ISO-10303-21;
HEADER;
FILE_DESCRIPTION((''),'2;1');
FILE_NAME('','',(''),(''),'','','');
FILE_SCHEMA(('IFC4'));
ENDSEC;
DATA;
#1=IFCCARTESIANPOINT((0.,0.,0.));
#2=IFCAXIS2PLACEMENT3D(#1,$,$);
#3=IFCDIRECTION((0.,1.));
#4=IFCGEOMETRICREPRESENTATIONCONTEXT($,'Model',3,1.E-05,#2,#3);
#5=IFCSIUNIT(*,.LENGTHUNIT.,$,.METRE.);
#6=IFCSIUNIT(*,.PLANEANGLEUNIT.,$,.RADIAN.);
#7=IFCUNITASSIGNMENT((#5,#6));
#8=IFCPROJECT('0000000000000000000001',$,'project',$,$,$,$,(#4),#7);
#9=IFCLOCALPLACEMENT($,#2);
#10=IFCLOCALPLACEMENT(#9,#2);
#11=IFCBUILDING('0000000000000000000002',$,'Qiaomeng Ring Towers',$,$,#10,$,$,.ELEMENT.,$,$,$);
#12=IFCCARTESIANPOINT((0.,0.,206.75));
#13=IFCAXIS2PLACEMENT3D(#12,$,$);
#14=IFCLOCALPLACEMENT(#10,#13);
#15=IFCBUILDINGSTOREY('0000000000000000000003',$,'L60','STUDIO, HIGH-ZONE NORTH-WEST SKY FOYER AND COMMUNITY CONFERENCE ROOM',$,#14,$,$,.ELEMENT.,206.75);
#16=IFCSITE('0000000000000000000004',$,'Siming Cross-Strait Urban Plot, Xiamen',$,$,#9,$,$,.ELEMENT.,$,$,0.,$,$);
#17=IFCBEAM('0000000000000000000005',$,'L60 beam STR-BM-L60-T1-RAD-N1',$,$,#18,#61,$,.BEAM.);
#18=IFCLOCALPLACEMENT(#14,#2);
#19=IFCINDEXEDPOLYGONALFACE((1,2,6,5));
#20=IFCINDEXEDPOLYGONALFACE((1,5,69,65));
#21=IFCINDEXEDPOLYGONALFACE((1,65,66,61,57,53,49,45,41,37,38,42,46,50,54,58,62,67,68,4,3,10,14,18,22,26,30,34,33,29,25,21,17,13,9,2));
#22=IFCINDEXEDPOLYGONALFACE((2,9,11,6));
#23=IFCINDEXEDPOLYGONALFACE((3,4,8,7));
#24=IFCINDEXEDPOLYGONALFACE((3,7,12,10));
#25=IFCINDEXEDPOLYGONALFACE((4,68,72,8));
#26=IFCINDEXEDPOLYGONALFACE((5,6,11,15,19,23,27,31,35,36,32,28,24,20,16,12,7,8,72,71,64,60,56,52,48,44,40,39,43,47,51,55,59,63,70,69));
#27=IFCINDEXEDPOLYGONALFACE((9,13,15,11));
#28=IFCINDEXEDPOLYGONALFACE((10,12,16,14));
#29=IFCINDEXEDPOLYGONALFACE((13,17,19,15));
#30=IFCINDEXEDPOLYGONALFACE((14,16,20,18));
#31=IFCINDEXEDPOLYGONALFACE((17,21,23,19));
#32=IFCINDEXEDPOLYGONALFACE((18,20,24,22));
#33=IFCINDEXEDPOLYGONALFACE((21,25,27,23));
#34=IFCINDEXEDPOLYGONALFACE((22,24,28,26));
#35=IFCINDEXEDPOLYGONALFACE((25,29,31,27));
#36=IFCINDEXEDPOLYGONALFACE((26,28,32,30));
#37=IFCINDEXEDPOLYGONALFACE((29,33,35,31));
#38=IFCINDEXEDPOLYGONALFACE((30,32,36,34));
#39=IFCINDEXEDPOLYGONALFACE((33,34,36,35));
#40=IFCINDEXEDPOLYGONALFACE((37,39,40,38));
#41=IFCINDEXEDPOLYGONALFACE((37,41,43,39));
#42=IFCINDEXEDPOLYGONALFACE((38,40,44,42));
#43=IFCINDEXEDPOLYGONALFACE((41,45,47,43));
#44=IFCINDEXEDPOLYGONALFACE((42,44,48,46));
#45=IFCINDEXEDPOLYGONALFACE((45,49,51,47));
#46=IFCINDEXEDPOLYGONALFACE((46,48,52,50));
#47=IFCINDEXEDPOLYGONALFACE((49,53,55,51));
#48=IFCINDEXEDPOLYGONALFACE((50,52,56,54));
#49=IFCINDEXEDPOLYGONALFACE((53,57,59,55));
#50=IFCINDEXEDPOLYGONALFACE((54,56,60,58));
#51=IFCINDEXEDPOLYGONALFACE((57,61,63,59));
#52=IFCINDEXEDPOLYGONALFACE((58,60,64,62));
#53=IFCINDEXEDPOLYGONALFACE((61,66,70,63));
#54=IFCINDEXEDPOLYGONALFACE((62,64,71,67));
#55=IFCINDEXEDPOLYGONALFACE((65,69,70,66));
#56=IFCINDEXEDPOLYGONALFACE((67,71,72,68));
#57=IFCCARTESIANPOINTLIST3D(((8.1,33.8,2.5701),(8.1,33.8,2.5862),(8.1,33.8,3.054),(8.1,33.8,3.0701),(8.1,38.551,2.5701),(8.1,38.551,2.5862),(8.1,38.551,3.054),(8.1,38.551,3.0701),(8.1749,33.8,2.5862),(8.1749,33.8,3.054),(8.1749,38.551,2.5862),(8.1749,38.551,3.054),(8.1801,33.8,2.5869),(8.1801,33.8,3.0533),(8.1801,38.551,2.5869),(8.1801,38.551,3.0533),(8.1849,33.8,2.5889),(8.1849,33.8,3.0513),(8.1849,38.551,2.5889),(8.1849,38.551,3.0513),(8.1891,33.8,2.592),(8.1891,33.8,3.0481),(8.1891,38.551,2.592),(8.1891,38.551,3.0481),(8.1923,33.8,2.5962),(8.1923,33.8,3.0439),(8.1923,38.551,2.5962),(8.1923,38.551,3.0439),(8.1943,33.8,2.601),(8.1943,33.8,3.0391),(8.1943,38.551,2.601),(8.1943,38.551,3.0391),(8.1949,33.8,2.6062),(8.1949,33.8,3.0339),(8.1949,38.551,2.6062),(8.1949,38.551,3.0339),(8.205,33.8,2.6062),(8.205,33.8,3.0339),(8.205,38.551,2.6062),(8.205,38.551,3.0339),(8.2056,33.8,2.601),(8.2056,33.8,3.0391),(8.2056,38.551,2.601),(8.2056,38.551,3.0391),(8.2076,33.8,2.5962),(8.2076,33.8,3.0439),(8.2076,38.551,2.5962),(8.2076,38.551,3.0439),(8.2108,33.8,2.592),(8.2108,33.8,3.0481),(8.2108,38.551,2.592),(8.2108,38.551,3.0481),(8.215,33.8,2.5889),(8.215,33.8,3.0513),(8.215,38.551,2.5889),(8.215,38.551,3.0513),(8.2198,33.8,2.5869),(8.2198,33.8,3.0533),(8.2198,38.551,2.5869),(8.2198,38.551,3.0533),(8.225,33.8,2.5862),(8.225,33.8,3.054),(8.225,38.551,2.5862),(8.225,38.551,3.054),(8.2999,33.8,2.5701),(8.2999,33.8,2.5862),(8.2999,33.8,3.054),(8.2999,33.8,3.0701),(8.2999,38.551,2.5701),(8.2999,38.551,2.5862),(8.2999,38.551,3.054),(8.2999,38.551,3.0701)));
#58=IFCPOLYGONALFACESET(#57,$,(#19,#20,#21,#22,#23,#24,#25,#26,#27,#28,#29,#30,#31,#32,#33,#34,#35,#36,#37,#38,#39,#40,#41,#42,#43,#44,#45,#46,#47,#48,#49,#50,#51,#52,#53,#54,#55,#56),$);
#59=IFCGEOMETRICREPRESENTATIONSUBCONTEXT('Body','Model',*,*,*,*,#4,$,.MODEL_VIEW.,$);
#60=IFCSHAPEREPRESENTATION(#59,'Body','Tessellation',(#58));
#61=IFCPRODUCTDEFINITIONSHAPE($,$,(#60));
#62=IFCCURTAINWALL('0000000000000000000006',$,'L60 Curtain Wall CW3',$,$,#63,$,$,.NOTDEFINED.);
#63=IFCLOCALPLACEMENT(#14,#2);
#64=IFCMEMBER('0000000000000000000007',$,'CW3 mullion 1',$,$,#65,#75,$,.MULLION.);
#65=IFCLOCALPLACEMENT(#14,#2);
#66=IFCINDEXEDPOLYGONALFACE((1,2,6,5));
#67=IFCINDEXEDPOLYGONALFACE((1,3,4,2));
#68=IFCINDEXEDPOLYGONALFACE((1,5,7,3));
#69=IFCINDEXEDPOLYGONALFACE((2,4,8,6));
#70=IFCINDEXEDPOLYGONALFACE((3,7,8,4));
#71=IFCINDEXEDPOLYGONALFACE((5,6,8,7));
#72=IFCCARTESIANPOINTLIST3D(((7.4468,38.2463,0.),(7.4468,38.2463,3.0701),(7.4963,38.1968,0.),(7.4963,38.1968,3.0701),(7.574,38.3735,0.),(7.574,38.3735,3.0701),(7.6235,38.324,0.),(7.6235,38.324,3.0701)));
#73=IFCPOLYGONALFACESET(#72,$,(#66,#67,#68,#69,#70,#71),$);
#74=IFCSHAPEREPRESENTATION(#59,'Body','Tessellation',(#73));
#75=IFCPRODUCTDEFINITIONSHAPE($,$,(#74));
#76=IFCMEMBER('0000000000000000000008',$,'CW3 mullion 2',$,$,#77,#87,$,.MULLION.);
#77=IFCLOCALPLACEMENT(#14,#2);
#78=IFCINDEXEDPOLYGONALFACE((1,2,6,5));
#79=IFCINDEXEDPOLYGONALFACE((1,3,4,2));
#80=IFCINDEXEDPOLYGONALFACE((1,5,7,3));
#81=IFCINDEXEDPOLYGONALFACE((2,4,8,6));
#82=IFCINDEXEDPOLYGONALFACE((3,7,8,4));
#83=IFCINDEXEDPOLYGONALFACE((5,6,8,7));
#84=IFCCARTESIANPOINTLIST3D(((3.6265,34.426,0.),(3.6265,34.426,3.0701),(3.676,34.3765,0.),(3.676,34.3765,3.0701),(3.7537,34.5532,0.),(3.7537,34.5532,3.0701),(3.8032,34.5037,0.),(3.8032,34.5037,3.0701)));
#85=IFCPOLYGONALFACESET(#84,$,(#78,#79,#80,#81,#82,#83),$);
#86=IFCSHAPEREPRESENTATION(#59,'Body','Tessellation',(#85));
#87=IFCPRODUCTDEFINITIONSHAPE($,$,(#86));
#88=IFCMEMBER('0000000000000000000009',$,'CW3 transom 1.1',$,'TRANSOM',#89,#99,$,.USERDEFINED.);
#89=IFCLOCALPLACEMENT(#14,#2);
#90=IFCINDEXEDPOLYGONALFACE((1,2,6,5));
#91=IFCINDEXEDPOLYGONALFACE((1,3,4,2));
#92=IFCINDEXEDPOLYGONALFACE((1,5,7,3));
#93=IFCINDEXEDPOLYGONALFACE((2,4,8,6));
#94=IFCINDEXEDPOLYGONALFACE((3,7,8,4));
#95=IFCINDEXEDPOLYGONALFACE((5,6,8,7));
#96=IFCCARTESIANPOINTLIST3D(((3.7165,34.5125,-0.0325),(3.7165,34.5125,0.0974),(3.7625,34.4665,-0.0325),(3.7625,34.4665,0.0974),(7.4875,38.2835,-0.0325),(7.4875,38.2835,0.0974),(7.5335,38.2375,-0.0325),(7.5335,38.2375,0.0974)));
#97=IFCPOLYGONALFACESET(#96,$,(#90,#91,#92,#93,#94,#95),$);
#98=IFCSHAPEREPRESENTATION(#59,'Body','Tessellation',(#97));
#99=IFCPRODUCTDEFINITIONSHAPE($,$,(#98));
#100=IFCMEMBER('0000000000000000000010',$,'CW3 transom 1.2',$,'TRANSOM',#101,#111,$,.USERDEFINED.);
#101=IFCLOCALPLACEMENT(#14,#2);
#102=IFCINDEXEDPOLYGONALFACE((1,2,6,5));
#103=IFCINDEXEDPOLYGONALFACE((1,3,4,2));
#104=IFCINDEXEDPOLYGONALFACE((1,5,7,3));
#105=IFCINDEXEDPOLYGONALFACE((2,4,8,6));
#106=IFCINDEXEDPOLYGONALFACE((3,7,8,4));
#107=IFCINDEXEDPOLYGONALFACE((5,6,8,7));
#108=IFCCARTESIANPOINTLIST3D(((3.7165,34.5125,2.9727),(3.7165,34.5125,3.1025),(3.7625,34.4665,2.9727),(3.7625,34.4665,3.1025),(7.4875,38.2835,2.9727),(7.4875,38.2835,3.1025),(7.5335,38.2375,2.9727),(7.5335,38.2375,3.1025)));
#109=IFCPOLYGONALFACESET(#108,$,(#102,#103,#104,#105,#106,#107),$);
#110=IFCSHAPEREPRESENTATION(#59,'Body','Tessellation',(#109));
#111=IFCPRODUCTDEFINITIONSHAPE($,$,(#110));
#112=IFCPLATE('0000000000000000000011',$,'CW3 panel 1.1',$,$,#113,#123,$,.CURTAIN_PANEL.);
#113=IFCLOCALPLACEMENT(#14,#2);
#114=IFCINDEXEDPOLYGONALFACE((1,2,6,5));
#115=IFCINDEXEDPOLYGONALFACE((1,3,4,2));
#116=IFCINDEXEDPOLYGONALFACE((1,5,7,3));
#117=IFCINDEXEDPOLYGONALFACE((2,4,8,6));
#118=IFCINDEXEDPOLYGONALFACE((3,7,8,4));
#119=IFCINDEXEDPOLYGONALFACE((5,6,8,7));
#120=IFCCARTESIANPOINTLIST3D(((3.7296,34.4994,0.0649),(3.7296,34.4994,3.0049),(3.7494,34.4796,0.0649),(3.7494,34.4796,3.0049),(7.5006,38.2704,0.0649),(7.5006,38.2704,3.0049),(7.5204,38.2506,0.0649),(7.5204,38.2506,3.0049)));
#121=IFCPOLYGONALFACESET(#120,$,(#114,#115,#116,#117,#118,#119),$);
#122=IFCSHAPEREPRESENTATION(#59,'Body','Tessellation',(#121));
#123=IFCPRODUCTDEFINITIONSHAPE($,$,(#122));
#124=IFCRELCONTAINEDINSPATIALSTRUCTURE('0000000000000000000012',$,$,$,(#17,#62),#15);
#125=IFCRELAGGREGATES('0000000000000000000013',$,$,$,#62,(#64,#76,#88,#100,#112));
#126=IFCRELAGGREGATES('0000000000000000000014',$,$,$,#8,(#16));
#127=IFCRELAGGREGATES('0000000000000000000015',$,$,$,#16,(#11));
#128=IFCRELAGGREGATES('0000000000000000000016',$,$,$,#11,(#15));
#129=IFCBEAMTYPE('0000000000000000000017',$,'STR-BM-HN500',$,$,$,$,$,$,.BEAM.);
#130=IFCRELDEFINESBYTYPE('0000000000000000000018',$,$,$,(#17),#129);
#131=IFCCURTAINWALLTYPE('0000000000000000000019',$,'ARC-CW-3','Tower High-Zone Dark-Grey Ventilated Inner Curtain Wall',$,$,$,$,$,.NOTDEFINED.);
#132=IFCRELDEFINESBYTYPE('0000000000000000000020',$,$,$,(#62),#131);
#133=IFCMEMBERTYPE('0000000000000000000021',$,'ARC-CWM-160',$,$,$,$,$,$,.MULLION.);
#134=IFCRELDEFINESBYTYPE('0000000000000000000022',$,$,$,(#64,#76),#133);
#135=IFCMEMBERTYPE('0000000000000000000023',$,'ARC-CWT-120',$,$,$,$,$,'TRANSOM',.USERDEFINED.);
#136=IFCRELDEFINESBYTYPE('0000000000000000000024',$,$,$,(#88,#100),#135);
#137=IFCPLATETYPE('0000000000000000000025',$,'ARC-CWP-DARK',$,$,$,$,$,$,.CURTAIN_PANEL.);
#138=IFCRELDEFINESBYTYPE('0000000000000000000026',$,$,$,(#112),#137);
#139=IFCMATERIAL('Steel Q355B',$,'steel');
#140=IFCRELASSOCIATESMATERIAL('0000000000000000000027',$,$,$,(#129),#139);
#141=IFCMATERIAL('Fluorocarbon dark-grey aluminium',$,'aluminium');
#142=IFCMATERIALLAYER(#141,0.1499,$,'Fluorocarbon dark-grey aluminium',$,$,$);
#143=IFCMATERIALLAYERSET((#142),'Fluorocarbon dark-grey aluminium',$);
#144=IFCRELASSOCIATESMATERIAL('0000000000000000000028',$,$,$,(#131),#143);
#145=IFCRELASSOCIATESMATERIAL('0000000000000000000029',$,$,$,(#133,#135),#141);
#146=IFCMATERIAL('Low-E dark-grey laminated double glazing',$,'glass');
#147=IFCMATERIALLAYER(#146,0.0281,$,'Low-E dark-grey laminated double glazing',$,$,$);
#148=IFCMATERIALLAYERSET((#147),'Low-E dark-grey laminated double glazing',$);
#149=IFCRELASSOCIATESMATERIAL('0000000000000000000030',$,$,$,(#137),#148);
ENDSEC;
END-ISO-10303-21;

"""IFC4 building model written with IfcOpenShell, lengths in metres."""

from ifc_helpers import new_model, si_unit, direction, frame, origin, origin_2d, place, context, subcontext, project, spatial, rectangle, i_section, extrude, source, transform, mapped, material, layer, layer_set, material_profile, profile_set, type_object, element, aggregate, save


model = new_model("IFC4")

# Units and contexts
model_context = context("Model", 3, precision=1e-05, world=origin(), true_north=direction((0.0, 1.0)))
body_context = subcontext(model_context, "Body", "Model", "MODEL_VIEW")
ifc_project = project(units=[si_unit("LENGTHUNIT", "METRE"), si_unit("PLANEANGLEUNIT", "RADIAN")], contexts=[model_context])

# Site, building, storey
site_placement = place(None, origin())
site = spatial("IfcSite", under=ifc_project, at=site_placement, Name="Siming Cross-Strait Urban Plot, Xiamen", CompositionType="ELEMENT", RefElevation=0.0)
building_placement = place(site_placement, origin())
building = spatial("IfcBuilding", under=site, at=building_placement, Name="Qiaomeng Ring Towers", CompositionType="ELEMENT")
storey_placement = place(building_placement, frame((0.0, 0.0, 206.75)))
storey = spatial("IfcBuildingStorey", under=building, at=storey_placement, Name="L60", Description="STUDIO, HIGH-ZONE NORTH-WEST SKY FOYER AND COMMUNITY CONFERENCE ROOM", CompositionType="ELEMENT", Elevation=206.75)

# Beam
ifc_material_1 = material(Name="Steel Q355B", Category="steel")
ifc_material_profile_1 = material_profile(ifc_material_1, i_section(OverallWidth=0.2, OverallDepth=0.5, WebThickness=0.01, FlangeThickness=0.0161, FilletRadius=0.02, at=origin_2d()), Name="HN 500x200x10x16")
ifc_profile_set_1 = profile_set([ifc_material_profile_1], Name="Steel Q355B")
beam_type_1 = type_object("IfcBeamType", Name="STR-BM-HN500", PredefinedType="BEAM", material=ifc_profile_set_1)
shared_shape_1 = source(origin(), body_context, "Body", "SweptSolid", [
    extrude(i_section(OverallWidth=0.2, OverallDepth=0.5, WebThickness=0.01, FlangeThickness=0.0161, FilletRadius=0.02, at=origin_2d()), origin(), (0.0, 0.0, 1.0), 4.751),
])
beam_1_placement = place(storey_placement, frame((8.2, 38.551, 2.8201), z_axis=(0.0, -1.0, 0.0), x_axis=(1.0, 0.0, 0.0)))
element("IfcBeam", 1, at=beam_1_placement, inside=storey, type_object=beam_type_1, Name="L60 beam STR-BM-L60-T1-RAD-N1", PredefinedType="BEAM", context=body_context, shape_type="MappedRepresentation", body=[
    mapped(shared_shape_1, transform((0.0, 0.0, 0.0), x_axis=(1.0, 0.0, 0.0), y_axis=(0.0, 1.0, 0.0), z_axis=(0.0, 0.0, 1.0), scale=1.0)),
])

# Curtain wall, members, plate
ifc_material_2 = material(Name="Fluorocarbon dark-grey aluminium", Category="aluminium")
ifc_layer_1 = layer(ifc_material_2, 0.1499, Name="Fluorocarbon dark-grey aluminium")
ifc_layer_set_1 = layer_set([ifc_layer_1], Name="Fluorocarbon dark-grey aluminium")
curtain_wall_type = type_object("IfcCurtainWallType", Name="ARC-CW-3", Description="Tower High-Zone Dark-Grey Ventilated Inner Curtain Wall", PredefinedType="NOTDEFINED", material=ifc_layer_set_1)
curtain_wall_placement = place(storey_placement, origin())
curtain_wall = element("IfcCurtainWall", 2, at=curtain_wall_placement, inside=storey, type_object=curtain_wall_type, Name="L60 Curtain Wall CW3", PredefinedType="NOTDEFINED")
ifc_material_profile_2 = material_profile(ifc_material_2, rectangle(XDim=0.0701, YDim=0.1799, at=origin_2d()), Name="ALU MULL 70x180")
ifc_profile_set_2 = profile_set([ifc_material_profile_2], Name="Fluorocarbon dark-grey aluminium")
member_type_1 = type_object("IfcMemberType", Name="ARC-CWM-160", PredefinedType="MULLION", material=ifc_profile_set_2)
shared_shape_2 = source(origin(), body_context, "Body", "SweptSolid", [
    extrude(rectangle(XDim=0.0701, YDim=0.1799, at=origin_2d()), origin(), (0.0, 0.0, 1.0), 3.0701),
])
member_1_placement = place(storey_placement, frame((7.5352, 38.2852, 0.0), z_axis=(0.0, 0.0, 1.0), x_axis=(0.707107, -0.707107, 0.0)))
member_1 = element("IfcMember", 3, at=member_1_placement, type_object=member_type_1, Name="CW3 mullion 1", PredefinedType="MULLION", context=body_context, shape_type="MappedRepresentation", body=[
    mapped(shared_shape_2, transform((0.0, 0.0, 0.0), x_axis=(1.0, 0.0, 0.0), y_axis=(0.0, 1.0, 0.0), z_axis=(0.0, 0.0, 1.0), scale=1.0)),
])
member_2_placement = place(storey_placement, frame((3.7148, 34.4648, 0.0), z_axis=(0.0, 0.0, 1.0), x_axis=(0.707107, -0.707107, 0.0)))
member_2 = element("IfcMember", 4, at=member_2_placement, type_object=member_type_1, Name="CW3 mullion 2", PredefinedType="MULLION", context=body_context, shape_type="MappedRepresentation", body=[
    mapped(shared_shape_2, transform((0.0, 0.0, 0.0), x_axis=(1.0, 0.0, 0.0), y_axis=(0.0, 1.0, 0.0), z_axis=(0.0, 0.0, 1.0), scale=1.0)),
])
ifc_material_profile_3 = material_profile(ifc_material_2, rectangle(XDim=0.0649, YDim=0.1299, at=origin_2d()), Name="ALU TRAN 65x130")
ifc_profile_set_3 = profile_set([ifc_material_profile_3], Name="Fluorocarbon dark-grey aluminium")
member_type_2 = type_object("IfcMemberType", Name="ARC-CWT-120", ElementType="TRANSOM", PredefinedType="USERDEFINED", material=ifc_profile_set_3)
shared_shape_3 = source(origin(), body_context, "Body", "SweptSolid", [
    extrude(rectangle(XDim=0.0649, YDim=0.1299, at=origin_2d()), origin(), (0.0, 0.0, 1.0), 5.333),
])
member_3_placement = place(storey_placement, frame((7.5105, 38.2605, 0.0325), z_axis=(-0.707107, -0.707107, 0.0), x_axis=(0.707107, -0.707107, 0.0)))
member_3 = element("IfcMember", 5, at=member_3_placement, type_object=member_type_2, Name="CW3 transom 1.1", ObjectType="TRANSOM", PredefinedType="USERDEFINED", context=body_context, shape_type="MappedRepresentation", body=[
    mapped(shared_shape_3, transform((0.0, 0.0, 0.0), x_axis=(1.0, 0.0, 0.0), y_axis=(0.0, 1.0, 0.0), z_axis=(0.0, 0.0, 1.0), scale=1.0)),
])
member_4_placement = place(storey_placement, frame((7.5105, 38.2605, 3.0376), z_axis=(-0.707107, -0.707107, 0.0), x_axis=(0.707107, -0.707107, 0.0)))
member_4 = element("IfcMember", 6, at=member_4_placement, type_object=member_type_2, Name="CW3 transom 1.2", ObjectType="TRANSOM", PredefinedType="USERDEFINED", context=body_context, shape_type="MappedRepresentation", body=[
    mapped(shared_shape_3, transform((0.0, 0.0, 0.0), x_axis=(1.0, 0.0, 0.0), y_axis=(0.0, 1.0, 0.0), z_axis=(0.0, 0.0, 1.0), scale=1.0)),
])
ifc_material_3 = material(Name="Low-E dark-grey laminated double glazing", Category="glass")
ifc_layer_2 = layer(ifc_material_3, 0.0281, Name="Low-E dark-grey laminated double glazing")
ifc_layer_set_2 = layer_set([ifc_layer_2], Name="Low-E dark-grey laminated double glazing")
plate_type = type_object("IfcPlateType", Name="ARC-CWP-DARK", PredefinedType="CURTAIN_PANEL", material=ifc_layer_set_2)
shared_shape_4 = source(origin(), body_context, "Body", "SweptSolid", [
    extrude(rectangle(XDim=5.333, YDim=0.0281, at=origin_2d()), origin(), (0.0, 0.0, 1.0), 2.9399),
])
plate_placement = place(storey_placement, frame((5.625, 36.375, 0.0649), z_axis=(0.0, 0.0, 1.0), x_axis=(-0.707107, -0.707107, 0.0)))
plate = element("IfcPlate", 7, at=plate_placement, type_object=plate_type, Name="CW3 panel 1.1", PredefinedType="CURTAIN_PANEL", context=body_context, shape_type="MappedRepresentation", body=[
    mapped(shared_shape_4, transform((0.0, 0.0, 0.0), x_axis=(1.0, 0.0, 0.0), y_axis=(0.0, 1.0, 0.0), z_axis=(0.0, 0.0, 1.0), scale=1.0)),
])
aggregate(curtain_wall, [member_1, member_2, member_3, member_4, plate])

save(model, "model.ifc")
